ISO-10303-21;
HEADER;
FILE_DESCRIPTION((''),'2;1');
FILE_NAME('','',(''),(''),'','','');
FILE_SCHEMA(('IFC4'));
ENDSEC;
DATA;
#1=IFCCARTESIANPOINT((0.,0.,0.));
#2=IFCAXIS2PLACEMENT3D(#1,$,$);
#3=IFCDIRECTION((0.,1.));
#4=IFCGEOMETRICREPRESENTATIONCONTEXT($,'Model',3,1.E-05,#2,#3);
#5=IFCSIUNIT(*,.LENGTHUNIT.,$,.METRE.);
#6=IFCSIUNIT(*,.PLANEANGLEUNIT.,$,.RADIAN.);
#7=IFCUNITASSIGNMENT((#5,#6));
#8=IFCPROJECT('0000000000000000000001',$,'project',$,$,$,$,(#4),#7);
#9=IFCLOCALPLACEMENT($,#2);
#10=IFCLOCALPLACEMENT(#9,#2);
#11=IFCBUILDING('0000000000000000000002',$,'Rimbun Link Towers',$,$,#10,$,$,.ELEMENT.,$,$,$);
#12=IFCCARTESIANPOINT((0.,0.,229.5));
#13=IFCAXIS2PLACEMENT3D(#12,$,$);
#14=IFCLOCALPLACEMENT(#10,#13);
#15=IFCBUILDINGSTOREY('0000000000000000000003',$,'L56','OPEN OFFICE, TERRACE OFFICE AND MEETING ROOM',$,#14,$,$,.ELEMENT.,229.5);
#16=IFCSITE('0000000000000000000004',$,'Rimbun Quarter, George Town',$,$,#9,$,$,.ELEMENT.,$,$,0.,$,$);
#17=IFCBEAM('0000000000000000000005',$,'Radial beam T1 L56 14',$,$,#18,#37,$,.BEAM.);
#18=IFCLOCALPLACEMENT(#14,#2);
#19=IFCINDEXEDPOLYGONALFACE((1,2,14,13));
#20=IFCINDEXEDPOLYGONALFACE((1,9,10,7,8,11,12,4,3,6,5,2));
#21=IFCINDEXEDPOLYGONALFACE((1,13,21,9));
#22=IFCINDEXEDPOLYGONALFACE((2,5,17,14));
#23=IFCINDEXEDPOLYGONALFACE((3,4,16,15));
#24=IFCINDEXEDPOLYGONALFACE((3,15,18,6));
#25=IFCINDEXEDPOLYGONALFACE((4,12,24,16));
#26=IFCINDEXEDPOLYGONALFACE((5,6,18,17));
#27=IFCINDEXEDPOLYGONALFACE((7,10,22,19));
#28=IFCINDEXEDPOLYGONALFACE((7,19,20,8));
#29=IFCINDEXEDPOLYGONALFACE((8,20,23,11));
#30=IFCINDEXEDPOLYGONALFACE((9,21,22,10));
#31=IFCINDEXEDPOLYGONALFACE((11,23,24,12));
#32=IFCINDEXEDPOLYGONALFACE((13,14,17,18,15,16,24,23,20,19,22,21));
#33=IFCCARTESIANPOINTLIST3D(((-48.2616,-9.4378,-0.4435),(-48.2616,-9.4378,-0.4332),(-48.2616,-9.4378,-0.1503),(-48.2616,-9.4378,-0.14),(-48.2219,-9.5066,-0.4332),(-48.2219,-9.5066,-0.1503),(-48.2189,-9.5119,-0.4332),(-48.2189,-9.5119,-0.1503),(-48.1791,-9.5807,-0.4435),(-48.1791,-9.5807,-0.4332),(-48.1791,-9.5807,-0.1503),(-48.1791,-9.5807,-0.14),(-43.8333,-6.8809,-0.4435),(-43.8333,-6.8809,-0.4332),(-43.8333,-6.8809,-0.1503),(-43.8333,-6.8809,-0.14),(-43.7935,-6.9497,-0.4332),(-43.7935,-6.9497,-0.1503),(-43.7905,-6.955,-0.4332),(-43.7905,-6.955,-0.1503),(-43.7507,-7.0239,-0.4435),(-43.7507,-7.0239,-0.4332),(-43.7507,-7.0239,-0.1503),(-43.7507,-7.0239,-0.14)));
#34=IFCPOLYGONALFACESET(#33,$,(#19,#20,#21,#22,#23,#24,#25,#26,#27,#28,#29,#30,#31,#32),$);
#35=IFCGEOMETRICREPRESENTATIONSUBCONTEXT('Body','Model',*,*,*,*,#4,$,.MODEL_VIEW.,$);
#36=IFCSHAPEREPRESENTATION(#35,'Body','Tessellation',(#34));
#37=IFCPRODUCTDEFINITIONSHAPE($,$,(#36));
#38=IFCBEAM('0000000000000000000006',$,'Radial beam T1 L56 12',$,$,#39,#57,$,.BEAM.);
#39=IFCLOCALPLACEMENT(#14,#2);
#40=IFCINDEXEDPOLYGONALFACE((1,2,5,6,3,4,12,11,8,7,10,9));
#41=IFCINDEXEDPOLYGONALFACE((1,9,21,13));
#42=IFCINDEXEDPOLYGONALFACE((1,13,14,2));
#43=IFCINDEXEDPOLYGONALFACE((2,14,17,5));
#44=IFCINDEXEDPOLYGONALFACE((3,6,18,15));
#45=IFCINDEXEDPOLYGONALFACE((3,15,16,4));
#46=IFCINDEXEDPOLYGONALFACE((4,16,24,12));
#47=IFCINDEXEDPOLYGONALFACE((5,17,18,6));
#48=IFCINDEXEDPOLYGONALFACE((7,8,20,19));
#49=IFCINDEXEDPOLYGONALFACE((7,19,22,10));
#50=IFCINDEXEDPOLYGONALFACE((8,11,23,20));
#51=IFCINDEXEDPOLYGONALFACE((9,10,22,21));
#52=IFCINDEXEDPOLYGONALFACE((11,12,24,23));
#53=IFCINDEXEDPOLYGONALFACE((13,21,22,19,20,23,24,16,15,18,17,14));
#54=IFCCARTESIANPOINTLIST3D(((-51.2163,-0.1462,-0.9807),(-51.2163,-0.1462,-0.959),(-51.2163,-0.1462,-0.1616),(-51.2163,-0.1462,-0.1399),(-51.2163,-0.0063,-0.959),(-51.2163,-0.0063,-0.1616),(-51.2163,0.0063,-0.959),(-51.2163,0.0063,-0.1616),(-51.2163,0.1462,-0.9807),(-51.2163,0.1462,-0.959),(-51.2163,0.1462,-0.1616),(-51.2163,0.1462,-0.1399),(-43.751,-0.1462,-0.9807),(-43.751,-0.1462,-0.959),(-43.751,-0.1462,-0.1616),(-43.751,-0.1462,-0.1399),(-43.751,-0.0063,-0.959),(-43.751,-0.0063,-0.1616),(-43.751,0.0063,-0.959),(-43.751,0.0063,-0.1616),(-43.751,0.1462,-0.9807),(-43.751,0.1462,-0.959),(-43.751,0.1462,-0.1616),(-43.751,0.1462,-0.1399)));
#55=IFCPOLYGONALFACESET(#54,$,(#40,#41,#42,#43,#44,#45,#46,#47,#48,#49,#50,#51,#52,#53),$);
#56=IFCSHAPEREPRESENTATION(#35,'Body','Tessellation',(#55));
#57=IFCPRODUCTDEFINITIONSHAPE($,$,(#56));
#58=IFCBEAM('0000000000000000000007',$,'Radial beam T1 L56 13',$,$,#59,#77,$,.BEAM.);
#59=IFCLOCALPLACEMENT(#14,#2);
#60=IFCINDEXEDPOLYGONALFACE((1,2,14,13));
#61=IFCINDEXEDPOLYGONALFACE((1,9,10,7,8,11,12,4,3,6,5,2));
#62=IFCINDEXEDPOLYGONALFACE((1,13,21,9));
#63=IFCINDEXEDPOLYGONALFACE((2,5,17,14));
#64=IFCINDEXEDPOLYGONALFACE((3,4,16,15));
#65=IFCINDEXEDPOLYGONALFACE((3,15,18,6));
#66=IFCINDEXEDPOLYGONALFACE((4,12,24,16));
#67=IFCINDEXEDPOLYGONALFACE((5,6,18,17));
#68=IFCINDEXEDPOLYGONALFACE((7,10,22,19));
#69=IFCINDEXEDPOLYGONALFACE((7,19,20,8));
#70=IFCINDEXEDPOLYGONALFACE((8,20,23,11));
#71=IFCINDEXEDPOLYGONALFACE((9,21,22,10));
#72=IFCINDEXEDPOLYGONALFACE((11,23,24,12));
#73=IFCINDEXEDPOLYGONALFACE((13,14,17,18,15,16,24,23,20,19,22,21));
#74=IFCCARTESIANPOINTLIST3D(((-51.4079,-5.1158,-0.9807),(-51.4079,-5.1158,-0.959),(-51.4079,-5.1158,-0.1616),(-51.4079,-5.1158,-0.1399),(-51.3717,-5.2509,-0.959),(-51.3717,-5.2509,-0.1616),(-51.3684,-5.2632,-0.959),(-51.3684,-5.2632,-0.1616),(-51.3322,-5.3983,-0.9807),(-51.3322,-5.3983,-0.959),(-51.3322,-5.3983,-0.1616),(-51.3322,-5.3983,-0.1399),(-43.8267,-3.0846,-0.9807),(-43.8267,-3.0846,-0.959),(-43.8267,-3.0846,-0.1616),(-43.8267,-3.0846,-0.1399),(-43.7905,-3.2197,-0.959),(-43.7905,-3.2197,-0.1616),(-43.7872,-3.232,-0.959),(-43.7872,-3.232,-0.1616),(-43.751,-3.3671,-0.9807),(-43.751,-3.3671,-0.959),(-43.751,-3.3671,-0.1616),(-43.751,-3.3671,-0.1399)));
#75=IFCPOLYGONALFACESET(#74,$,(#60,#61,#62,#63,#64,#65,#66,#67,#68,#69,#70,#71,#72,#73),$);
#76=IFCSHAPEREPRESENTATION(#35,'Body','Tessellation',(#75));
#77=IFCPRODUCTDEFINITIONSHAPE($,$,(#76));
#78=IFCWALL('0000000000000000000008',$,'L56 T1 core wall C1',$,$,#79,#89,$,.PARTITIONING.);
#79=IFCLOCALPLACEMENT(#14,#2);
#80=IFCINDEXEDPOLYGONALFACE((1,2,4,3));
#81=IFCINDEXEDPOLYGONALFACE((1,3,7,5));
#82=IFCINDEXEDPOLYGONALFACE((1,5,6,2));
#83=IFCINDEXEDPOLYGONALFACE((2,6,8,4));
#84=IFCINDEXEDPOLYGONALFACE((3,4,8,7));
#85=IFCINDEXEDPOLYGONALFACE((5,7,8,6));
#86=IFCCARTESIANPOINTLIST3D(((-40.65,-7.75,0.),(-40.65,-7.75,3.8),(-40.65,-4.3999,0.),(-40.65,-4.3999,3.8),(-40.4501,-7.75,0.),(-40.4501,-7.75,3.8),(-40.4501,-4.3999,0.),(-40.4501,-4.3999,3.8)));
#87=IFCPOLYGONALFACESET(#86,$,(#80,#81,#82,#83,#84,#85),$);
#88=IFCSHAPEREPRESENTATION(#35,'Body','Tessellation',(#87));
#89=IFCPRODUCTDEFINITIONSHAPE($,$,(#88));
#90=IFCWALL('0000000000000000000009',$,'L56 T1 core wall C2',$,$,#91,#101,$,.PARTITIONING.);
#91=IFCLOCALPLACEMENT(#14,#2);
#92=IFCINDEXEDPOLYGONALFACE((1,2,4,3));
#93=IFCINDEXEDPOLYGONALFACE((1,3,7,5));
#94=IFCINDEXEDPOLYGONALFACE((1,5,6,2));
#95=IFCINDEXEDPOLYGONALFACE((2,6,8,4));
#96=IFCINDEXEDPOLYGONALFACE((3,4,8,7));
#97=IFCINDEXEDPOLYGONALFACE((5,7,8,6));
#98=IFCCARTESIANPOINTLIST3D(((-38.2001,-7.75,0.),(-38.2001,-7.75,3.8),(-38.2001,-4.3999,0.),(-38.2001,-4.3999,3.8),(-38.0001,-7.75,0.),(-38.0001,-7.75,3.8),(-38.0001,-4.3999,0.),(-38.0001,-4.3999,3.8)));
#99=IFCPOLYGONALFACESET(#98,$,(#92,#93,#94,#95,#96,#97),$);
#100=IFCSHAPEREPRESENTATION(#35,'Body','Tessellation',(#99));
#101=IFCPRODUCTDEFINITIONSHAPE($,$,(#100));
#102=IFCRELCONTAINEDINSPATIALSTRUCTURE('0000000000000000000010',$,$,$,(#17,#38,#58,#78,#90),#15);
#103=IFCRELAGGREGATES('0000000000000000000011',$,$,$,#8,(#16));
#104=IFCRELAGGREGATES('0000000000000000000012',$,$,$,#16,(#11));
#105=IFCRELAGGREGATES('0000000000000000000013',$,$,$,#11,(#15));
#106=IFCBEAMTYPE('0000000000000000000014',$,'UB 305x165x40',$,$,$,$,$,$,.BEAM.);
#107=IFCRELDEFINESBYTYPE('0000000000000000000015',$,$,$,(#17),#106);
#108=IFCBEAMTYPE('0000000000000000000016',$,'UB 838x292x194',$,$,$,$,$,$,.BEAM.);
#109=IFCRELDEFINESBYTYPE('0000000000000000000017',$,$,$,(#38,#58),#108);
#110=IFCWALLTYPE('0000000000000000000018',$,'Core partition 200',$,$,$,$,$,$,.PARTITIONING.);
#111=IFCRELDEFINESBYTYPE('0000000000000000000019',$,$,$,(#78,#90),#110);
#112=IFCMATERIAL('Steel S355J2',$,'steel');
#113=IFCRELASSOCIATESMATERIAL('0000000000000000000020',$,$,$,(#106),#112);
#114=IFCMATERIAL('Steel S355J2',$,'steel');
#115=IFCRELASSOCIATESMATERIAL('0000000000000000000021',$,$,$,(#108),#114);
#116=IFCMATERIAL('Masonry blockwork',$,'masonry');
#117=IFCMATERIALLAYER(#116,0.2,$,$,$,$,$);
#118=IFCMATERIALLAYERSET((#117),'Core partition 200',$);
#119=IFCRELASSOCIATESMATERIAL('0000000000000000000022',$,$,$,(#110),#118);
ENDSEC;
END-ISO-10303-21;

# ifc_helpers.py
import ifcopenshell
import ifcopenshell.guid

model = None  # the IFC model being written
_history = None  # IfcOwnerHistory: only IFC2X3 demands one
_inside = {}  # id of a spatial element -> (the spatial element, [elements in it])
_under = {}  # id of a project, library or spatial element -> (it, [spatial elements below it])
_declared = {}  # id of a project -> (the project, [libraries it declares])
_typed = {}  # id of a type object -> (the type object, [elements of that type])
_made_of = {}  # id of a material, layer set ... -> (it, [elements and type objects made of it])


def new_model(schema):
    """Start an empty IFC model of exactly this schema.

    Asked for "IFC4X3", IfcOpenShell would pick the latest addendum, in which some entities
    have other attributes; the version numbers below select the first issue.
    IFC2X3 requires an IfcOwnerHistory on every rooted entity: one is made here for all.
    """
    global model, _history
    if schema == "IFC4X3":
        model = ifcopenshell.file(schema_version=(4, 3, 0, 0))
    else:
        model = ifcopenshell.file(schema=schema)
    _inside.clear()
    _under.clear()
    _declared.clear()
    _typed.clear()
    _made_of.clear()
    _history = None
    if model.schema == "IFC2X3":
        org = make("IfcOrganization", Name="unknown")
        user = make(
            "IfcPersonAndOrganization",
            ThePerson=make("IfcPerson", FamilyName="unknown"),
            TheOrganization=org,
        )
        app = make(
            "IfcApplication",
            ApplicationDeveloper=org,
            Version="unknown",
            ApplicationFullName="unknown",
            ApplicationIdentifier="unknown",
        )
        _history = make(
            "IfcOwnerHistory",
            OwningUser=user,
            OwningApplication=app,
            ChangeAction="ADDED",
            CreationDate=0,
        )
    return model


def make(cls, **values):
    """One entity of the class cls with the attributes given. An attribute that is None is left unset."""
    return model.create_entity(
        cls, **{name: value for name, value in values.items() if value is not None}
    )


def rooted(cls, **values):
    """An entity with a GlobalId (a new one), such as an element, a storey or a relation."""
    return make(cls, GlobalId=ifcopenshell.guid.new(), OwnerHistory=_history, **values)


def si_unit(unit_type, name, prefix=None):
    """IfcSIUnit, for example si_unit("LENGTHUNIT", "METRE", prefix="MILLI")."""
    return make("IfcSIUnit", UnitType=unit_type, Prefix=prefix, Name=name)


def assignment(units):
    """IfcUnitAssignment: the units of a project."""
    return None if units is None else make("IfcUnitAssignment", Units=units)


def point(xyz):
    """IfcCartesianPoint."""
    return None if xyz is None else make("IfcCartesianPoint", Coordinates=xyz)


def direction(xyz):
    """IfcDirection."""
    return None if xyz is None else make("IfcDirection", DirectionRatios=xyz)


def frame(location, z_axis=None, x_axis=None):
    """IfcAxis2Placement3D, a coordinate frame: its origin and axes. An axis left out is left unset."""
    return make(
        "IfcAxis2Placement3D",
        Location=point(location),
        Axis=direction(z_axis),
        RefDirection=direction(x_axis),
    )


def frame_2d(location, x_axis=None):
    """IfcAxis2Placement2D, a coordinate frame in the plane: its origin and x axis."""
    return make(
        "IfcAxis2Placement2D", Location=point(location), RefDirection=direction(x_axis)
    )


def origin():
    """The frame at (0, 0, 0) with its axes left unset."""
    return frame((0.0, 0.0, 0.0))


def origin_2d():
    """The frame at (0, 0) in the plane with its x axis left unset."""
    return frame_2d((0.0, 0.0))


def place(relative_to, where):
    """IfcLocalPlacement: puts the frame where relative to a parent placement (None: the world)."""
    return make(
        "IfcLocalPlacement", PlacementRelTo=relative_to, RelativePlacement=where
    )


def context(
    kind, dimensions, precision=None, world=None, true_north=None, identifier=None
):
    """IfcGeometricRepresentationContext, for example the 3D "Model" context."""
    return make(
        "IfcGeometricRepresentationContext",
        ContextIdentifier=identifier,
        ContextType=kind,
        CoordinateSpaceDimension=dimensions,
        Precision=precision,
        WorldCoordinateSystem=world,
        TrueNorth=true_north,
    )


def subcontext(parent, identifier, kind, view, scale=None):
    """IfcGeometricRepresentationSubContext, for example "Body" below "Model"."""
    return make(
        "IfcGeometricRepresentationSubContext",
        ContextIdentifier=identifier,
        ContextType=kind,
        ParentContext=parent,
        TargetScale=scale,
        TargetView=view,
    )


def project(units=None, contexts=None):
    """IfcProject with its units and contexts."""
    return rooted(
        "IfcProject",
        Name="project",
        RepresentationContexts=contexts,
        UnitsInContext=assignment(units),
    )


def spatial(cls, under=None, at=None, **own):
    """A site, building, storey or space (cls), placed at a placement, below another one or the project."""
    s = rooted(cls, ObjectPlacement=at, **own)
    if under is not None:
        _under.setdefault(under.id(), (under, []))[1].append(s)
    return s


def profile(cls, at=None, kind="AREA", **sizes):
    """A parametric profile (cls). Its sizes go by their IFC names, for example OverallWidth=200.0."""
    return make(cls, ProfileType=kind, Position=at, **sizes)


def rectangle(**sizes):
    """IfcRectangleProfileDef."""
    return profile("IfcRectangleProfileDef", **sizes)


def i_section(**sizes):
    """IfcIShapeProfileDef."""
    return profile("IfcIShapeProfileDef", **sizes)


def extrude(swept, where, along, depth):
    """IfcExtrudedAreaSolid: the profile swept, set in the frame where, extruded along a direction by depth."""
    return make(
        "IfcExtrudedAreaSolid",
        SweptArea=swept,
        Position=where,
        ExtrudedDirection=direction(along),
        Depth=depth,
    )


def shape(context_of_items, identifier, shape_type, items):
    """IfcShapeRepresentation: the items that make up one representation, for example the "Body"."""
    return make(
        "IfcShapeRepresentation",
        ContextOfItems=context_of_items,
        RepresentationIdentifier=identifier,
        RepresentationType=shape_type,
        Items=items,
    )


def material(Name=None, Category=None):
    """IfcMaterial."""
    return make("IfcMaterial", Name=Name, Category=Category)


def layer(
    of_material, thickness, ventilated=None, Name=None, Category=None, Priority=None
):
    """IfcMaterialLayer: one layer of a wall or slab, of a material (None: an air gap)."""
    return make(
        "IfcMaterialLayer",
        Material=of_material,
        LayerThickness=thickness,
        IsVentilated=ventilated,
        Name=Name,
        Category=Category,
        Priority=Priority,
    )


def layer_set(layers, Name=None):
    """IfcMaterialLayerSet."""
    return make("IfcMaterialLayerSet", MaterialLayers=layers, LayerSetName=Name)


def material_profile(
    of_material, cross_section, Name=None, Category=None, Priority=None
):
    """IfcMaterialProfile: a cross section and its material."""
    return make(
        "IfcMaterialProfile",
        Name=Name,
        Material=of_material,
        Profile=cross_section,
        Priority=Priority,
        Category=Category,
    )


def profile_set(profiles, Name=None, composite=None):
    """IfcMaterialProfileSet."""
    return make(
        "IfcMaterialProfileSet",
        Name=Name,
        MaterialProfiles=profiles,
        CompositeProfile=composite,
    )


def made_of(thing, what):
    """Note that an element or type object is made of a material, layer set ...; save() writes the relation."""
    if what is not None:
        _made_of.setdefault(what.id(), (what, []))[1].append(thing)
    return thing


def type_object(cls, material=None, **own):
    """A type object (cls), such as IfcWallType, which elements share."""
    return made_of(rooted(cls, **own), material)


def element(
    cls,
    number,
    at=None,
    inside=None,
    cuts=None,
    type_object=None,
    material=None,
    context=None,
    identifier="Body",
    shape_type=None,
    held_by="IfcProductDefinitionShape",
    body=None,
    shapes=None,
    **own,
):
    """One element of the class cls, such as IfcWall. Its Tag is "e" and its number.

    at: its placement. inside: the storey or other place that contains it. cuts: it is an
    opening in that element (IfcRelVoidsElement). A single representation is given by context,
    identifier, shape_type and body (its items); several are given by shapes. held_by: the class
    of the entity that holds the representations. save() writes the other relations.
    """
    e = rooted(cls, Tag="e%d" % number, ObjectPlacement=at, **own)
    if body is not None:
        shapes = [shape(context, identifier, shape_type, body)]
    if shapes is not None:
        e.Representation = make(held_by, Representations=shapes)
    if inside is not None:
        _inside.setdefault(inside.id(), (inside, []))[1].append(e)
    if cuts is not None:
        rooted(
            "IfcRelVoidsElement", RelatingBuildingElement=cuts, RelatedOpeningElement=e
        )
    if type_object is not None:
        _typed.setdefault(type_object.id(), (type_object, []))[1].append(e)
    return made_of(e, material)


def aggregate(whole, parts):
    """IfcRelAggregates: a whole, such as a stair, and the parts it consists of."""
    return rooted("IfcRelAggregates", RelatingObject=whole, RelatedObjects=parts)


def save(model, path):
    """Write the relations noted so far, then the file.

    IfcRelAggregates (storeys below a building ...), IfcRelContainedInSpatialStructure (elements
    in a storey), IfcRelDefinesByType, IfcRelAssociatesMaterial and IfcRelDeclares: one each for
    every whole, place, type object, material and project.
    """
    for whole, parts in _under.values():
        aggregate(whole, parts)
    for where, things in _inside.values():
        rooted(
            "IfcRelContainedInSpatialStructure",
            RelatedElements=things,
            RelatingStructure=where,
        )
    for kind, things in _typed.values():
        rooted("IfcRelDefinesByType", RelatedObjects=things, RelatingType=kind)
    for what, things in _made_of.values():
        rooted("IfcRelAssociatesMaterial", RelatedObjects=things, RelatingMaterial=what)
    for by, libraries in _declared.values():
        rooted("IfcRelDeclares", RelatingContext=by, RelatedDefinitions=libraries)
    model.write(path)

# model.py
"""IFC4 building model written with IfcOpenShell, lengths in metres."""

from ifc_helpers import new_model, si_unit, direction, frame, frame_2d, origin, origin_2d, place, context, subcontext, project, spatial, rectangle, i_section, extrude, material, layer, layer_set, material_profile, profile_set, type_object, element, save


model = new_model("IFC4")

# Units and contexts
model_context = context("Model", 3, precision=1e-05, world=origin(), true_north=direction((0.0, 1.0)))
body_context = subcontext(model_context, "Body", "Model", "MODEL_VIEW")
ifc_project = project(units=[si_unit("LENGTHUNIT", "METRE"), si_unit("PLANEANGLEUNIT", "RADIAN")], contexts=[model_context])

# Site, building, storey
site_placement = place(None, origin())
site = spatial("IfcSite", under=ifc_project, at=site_placement, Name="Rimbun Quarter, George Town", CompositionType="ELEMENT", RefElevation=0.0)
building_placement = place(site_placement, origin())
building = spatial("IfcBuilding", under=site, at=building_placement, Name="Rimbun Link Towers", CompositionType="ELEMENT")
storey_placement = place(building_placement, frame((0.0, 0.0, 229.5)))
storey = spatial("IfcBuildingStorey", under=building, at=storey_placement, Name="L56", Description="OPEN OFFICE, TERRACE OFFICE AND MEETING ROOM", CompositionType="ELEMENT", Elevation=229.5)

# Beams
ifc_material_1 = material(Name="Steel S355J2", Category="steel")
ifc_material_profile_1 = material_profile(ifc_material_1, i_section(OverallWidth=0.165, OverallDepth=0.3035, WebThickness=0.0061, FlangeThickness=0.0103, at=origin_2d()), Name="UB 305x165x40")
ifc_profile_set_1 = profile_set([ifc_material_profile_1], Name="Steel S355J2")
beam_type_1 = type_object("IfcBeamType", Name="UB 305x165x40", PredefinedType="BEAM", material=ifc_profile_set_1)
beam_1_placement = place(storey_placement, frame((-43.792, -6.9524, -0.2917), z_axis=(-0.866016, -0.500016, 0.0), x_axis=(0.500016, -0.866016, 0.0)))
element("IfcBeam", 1, at=beam_1_placement, inside=storey, type_object=beam_type_1, Name="Radial beam T1 L56 14", PredefinedType="BEAM", context=body_context, shape_type="SweptSolid", body=[
    extrude(i_section(OverallWidth=0.165, OverallDepth=0.3035, WebThickness=0.0061, FlangeThickness=0.0103, at=origin_2d()), origin(), (0.0, 0.0, 1.0), 5.1135),
])
ifc_material_2 = material(Name="Steel S355J2", Category="steel")
ifc_material_profile_2 = material_profile(ifc_material_2, i_section(OverallWidth=0.2925, OverallDepth=0.8408, WebThickness=0.0127, FlangeThickness=0.0217, at=origin_2d()), Name="UB 838x292x194")
ifc_profile_set_2 = profile_set([ifc_material_profile_2], Name="Steel S355J2")
beam_type_2 = type_object("IfcBeamType", Name="UB 838x292x194", PredefinedType="BEAM", material=ifc_profile_set_2)
beam_2_placement = place(storey_placement, frame((-43.751, 0.0, -0.5603), z_axis=(-1.0, 0.0, 0.0), x_axis=(0.0, -1.0, 0.0)))
element("IfcBeam", 2, at=beam_2_placement, inside=storey, type_object=beam_type_2, Name="Radial beam T1 L56 12", PredefinedType="BEAM", context=body_context, shape_type="SweptSolid", body=[
    extrude(i_section(OverallWidth=0.2925, OverallDepth=0.8408, WebThickness=0.0127, FlangeThickness=0.0217, at=origin_2d()), origin(), (0.0, 0.0, 1.0), 7.4653),
])
beam_3_placement = place(storey_placement, frame((-43.7888, -3.2258, -0.5603), z_axis=(-0.965931, -0.258801, 0.0), x_axis=(0.258801, -0.965931, 0.0)))
element("IfcBeam", 3, at=beam_3_placement, inside=storey, type_object=beam_type_2, Name="Radial beam T1 L56 13", PredefinedType="BEAM", context=body_context, shape_type="SweptSolid", body=[
    extrude(i_section(OverallWidth=0.2925, OverallDepth=0.8408, WebThickness=0.0127, FlangeThickness=0.0217, at=origin_2d()), origin(), (0.0, 0.0, 1.0), 7.8486),
])

# Walls
ifc_material_3 = material(Name="Masonry blockwork", Category="masonry")
ifc_layer_1 = layer(ifc_material_3, 0.2)
ifc_layer_set_1 = layer_set([ifc_layer_1], Name="Core partition 200")
wall_type_1 = type_object("IfcWallType", Name="Core partition 200", PredefinedType="PARTITIONING", material=ifc_layer_set_1)
for number, where, z_axis, x_axis, name in (
    (4, (-40.55, -4.3999, 0.0), (0.0, 0.0, 1.0), (0.0, -1.0, 0.0), "L56 T1 core wall C1"),
    (5, (-38.1001, -4.3999, 0.0), (0.0, 0.0, 1.0), (0.0, -1.0, 0.0), "L56 T1 core wall C2"),
):
    element("IfcWall", number, at=place(storey_placement, frame(where, z_axis=z_axis, x_axis=x_axis)), inside=storey, type_object=wall_type_1, Name=name, PredefinedType="PARTITIONING", context=body_context, shape_type="SweptSolid", body=[
        extrude(rectangle(XDim=3.3501, YDim=0.2, at=frame_2d((1.675, 0.0))), origin(), (0.0, 0.0, 1.0), 3.8),
    ])

save(model, "model.ifc")
